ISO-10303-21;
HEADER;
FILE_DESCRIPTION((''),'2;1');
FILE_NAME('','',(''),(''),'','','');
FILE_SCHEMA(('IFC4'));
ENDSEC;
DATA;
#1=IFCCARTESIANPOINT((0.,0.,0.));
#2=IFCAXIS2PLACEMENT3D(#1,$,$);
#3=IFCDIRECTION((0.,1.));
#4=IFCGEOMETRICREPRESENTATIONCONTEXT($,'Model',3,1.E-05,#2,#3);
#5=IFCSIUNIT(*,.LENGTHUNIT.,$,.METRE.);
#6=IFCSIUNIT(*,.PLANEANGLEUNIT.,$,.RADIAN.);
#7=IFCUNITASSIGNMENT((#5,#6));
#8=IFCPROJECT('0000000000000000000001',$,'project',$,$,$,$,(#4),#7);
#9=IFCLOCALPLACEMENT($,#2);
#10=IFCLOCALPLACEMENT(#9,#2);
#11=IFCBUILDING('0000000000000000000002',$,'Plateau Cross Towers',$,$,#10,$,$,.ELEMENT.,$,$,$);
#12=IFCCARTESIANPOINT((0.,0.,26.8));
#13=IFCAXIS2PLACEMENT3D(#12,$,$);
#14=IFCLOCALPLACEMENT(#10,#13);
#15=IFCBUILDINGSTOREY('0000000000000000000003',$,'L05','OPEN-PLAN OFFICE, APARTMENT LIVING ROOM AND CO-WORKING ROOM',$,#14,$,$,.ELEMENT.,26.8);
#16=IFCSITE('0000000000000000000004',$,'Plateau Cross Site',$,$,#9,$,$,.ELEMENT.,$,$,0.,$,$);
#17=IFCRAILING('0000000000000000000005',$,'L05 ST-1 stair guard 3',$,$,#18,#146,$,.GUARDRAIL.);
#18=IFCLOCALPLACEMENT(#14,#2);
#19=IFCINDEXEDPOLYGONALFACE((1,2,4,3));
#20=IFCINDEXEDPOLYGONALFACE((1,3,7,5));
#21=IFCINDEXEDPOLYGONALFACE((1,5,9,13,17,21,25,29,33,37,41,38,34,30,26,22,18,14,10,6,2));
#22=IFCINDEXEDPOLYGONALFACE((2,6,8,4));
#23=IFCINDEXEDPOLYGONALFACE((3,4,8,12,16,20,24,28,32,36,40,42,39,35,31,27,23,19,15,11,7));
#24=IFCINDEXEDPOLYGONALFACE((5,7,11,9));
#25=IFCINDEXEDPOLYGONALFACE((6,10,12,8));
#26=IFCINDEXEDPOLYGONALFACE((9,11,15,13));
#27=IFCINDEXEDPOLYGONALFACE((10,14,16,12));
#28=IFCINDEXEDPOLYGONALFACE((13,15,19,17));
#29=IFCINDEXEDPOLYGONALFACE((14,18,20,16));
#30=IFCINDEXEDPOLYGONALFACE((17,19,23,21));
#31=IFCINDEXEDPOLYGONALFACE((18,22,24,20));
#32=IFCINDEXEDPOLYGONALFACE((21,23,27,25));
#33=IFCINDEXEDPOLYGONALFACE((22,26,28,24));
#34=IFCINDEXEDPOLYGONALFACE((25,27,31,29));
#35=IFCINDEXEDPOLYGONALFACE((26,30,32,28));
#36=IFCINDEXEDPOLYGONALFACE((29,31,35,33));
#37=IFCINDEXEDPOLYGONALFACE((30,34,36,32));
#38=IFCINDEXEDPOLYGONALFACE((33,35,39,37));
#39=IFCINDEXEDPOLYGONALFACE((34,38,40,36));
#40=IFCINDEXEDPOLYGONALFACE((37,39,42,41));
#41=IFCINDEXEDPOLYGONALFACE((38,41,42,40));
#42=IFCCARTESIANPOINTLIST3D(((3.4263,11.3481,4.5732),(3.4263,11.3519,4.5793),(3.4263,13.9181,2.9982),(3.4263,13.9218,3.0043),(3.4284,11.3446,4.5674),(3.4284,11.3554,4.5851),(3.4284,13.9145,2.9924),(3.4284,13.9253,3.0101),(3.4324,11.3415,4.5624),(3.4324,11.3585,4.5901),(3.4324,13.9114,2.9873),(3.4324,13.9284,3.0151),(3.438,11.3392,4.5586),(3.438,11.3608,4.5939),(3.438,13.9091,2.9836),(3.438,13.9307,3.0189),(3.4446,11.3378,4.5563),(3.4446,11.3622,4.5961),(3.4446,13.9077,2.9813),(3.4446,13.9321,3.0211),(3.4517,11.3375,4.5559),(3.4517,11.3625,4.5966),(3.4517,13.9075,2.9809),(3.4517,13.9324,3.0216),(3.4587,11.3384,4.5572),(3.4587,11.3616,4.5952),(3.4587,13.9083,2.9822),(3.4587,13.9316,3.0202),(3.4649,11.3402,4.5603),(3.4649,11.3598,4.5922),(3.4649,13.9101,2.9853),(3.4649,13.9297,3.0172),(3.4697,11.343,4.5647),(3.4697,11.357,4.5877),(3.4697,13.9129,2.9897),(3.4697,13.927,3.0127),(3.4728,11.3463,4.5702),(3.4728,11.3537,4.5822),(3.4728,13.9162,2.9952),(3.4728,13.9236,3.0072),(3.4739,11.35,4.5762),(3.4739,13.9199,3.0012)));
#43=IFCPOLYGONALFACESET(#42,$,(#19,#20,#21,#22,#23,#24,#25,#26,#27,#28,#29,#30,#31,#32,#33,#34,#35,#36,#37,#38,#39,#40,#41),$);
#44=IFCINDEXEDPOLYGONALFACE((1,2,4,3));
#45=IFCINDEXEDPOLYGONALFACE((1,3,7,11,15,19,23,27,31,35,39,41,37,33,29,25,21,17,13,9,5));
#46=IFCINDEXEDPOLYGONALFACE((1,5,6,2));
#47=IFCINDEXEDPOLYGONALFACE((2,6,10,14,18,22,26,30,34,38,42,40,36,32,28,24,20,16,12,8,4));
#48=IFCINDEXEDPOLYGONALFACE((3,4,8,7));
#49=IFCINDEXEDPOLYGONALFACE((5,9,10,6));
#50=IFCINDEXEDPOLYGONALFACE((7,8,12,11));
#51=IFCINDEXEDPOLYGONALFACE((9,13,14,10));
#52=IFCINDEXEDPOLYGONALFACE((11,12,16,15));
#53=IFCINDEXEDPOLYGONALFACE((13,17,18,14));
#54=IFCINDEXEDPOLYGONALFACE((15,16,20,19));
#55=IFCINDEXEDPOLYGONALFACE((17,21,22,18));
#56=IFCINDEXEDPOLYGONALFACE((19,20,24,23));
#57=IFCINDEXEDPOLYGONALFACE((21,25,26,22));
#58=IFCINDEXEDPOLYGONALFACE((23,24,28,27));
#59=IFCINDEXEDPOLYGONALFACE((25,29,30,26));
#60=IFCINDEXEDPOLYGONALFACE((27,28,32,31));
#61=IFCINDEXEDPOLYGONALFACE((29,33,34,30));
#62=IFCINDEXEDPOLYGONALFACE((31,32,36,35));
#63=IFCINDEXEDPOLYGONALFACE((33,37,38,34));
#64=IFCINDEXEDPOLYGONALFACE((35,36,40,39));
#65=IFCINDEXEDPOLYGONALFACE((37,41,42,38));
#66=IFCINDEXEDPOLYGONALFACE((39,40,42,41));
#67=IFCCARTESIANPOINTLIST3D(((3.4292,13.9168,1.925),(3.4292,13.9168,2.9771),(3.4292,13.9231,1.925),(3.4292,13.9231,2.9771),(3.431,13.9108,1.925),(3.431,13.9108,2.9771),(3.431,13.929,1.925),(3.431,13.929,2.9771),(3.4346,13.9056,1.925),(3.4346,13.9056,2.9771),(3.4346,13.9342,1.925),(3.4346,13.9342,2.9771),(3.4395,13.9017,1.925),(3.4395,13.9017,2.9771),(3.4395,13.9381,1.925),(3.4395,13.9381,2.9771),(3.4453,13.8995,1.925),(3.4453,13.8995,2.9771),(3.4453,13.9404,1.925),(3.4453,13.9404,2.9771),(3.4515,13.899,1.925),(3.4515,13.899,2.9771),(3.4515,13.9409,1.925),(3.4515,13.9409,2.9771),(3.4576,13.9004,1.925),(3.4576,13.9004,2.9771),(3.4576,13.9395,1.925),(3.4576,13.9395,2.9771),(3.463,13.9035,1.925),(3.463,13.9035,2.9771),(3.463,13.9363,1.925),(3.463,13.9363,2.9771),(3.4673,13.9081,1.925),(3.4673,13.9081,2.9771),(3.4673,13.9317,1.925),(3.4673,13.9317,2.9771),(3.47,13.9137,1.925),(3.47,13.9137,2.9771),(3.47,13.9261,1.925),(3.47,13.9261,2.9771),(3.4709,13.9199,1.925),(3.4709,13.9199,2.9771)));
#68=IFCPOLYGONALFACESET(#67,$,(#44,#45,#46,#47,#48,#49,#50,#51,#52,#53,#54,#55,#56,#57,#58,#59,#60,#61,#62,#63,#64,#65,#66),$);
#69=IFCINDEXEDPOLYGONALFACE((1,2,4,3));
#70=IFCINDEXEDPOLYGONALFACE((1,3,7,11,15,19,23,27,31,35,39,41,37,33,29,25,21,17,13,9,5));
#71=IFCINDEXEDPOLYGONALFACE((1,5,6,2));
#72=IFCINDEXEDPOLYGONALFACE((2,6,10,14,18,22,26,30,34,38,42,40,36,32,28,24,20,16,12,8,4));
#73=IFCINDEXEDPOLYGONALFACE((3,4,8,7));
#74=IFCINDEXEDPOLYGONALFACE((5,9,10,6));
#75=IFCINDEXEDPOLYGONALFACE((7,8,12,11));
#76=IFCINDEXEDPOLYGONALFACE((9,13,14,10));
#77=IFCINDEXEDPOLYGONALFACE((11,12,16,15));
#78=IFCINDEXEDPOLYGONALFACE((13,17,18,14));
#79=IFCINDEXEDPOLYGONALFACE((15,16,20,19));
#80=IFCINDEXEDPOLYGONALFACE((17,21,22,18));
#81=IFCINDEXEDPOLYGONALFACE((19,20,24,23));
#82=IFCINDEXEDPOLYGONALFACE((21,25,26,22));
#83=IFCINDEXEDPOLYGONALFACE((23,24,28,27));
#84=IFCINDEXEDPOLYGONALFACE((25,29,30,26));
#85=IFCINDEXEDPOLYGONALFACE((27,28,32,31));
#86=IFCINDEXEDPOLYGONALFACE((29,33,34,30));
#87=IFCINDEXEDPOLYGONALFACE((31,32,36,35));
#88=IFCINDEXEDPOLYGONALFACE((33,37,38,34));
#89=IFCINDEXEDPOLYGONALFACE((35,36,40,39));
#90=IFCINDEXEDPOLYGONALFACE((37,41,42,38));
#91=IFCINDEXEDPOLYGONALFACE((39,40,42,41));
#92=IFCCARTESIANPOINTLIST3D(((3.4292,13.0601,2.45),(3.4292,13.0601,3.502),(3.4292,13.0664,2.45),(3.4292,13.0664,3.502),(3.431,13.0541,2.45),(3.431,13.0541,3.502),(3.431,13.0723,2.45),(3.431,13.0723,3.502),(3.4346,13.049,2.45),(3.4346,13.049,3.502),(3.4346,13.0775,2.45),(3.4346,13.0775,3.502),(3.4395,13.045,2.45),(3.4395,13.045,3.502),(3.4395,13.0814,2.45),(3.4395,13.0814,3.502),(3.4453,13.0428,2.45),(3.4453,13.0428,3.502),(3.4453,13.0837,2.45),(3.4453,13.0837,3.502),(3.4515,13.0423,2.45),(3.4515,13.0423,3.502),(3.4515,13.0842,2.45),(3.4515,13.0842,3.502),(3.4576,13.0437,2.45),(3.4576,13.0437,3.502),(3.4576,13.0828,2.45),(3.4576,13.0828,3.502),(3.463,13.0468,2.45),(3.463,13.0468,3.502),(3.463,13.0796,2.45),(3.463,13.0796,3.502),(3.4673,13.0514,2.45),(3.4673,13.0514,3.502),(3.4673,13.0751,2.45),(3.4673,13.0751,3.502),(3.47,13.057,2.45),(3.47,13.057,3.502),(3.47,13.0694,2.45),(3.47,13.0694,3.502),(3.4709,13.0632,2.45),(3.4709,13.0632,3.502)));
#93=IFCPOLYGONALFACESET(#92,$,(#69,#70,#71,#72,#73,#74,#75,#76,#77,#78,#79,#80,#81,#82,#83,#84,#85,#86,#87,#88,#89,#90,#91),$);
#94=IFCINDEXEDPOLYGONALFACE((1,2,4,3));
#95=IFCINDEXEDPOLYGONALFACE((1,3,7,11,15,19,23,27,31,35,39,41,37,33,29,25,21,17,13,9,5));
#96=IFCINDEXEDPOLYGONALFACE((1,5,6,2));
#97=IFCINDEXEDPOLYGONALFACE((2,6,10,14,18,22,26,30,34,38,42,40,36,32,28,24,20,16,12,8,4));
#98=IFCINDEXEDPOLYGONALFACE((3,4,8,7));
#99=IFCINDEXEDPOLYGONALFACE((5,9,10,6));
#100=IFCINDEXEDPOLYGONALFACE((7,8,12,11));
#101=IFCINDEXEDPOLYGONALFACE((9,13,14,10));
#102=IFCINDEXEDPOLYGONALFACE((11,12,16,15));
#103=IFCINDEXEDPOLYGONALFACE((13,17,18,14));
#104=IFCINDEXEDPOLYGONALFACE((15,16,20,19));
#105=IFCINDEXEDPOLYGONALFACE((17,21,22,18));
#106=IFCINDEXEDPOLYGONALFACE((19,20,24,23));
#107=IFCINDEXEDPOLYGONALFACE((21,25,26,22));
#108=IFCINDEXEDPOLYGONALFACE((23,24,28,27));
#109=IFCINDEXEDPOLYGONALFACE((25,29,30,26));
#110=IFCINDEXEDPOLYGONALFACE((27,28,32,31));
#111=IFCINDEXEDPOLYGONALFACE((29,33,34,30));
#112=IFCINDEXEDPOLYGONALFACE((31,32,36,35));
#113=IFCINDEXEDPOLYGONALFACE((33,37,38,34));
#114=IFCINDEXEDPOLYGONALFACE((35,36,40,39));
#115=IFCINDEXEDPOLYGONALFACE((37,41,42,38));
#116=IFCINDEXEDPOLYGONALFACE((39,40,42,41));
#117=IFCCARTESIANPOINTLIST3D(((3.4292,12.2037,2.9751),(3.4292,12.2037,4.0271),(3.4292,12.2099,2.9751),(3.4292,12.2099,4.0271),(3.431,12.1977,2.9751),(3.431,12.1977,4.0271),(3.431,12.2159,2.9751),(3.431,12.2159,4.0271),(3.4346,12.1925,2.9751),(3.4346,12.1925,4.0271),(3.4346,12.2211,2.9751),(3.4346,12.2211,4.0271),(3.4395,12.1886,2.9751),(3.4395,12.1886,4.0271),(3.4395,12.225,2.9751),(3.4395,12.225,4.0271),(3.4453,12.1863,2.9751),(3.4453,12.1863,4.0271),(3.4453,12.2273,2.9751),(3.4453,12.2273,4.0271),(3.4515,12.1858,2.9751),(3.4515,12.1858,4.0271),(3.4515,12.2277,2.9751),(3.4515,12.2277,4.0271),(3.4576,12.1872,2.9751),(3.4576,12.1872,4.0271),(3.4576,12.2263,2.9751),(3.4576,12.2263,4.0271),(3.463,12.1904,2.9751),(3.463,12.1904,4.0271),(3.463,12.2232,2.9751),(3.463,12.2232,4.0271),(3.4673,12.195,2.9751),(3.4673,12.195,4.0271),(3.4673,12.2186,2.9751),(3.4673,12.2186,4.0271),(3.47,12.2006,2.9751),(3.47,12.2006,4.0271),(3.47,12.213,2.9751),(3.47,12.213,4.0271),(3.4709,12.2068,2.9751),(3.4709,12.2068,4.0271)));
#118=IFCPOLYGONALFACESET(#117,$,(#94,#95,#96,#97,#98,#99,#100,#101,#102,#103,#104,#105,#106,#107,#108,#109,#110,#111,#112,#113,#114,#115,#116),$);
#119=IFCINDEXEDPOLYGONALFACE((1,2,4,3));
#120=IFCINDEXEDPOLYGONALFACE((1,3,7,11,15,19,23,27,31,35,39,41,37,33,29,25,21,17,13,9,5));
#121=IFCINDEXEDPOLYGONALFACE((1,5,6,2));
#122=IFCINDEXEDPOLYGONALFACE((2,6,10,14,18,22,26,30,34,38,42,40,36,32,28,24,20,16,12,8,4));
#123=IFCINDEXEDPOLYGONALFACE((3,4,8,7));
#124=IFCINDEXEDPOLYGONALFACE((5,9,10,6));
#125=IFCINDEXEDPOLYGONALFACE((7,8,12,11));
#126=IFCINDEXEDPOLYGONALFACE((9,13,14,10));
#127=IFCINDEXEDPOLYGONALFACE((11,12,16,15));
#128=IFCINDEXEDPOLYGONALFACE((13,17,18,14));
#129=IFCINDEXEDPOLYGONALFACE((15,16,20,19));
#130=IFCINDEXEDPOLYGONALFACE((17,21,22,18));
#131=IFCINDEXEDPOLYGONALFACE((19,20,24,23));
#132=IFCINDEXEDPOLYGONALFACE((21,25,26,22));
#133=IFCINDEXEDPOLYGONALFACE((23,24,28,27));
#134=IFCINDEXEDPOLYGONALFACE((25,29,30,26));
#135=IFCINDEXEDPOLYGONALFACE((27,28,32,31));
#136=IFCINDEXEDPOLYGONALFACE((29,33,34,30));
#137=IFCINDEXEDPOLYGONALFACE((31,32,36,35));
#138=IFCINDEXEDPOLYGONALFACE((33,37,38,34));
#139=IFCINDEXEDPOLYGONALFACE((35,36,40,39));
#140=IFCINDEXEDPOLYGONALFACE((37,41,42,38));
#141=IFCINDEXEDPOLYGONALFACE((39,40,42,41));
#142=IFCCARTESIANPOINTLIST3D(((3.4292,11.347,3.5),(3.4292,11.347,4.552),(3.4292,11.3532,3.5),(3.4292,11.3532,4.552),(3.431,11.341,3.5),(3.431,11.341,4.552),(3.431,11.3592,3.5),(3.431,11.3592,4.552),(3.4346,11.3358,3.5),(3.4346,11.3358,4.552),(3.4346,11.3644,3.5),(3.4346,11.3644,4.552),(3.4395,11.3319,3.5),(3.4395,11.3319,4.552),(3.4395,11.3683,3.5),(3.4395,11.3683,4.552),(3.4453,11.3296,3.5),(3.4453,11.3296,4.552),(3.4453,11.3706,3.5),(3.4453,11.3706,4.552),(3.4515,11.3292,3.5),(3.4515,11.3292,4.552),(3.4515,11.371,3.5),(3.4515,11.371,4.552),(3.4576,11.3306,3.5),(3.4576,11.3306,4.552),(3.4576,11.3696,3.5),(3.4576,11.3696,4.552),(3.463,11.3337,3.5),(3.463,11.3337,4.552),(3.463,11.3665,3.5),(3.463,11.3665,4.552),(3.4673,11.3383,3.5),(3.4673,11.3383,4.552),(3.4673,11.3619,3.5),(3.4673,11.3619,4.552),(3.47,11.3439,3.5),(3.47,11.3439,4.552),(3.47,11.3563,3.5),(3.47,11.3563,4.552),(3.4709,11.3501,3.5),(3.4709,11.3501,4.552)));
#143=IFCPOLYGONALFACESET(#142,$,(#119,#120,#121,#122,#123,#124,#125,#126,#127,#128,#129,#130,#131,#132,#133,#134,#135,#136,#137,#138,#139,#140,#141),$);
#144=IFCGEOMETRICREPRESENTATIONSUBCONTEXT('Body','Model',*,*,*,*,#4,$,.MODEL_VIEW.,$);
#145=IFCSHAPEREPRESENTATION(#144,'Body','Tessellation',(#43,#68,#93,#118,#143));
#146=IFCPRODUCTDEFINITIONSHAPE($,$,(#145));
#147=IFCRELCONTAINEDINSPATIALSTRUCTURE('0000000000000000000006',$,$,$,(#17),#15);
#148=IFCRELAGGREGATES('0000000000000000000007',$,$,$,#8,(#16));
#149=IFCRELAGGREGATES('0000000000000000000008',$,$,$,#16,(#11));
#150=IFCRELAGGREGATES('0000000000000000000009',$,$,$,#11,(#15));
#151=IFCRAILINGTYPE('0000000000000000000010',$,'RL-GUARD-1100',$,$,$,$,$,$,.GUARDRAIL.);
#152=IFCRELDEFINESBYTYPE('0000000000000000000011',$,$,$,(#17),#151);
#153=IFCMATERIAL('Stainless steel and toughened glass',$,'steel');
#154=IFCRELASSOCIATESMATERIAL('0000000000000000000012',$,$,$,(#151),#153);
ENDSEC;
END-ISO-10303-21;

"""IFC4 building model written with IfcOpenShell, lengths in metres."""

from ifc_helpers import new_model, si_unit, direction, frame, origin, origin_2d, place, context, subcontext, project, spatial, circle, extrude, material, type_object, element, save


model = new_model("IFC4")

# Units and contexts
model_context = context("Model", 3, precision=1e-05, world=origin(), true_north=direction((0.0, 1.0)))
body_context = subcontext(model_context, "Body", "Model", "MODEL_VIEW")
ifc_project = project(units=[si_unit("LENGTHUNIT", "METRE"), si_unit("PLANEANGLEUNIT", "RADIAN")], contexts=[model_context])

# Site, building, storey
site_placement = place(None, origin())
site = spatial("IfcSite", under=ifc_project, at=site_placement, Name="Plateau Cross Site", CompositionType="ELEMENT", RefElevation=0.0)
building_placement = place(site_placement, origin())
building = spatial("IfcBuilding", under=site, at=building_placement, Name="Plateau Cross Towers", CompositionType="ELEMENT")
storey_placement = place(building_placement, frame((0.0, 0.0, 26.8)))
storey = spatial("IfcBuildingStorey", under=building, at=storey_placement, Name="L05", Description="OPEN-PLAN OFFICE, APARTMENT LIVING ROOM AND CO-WORKING ROOM", CompositionType="ELEMENT", Elevation=26.8)

# Railing
ifc_material_1 = material(Name="Stainless steel and toughened glass", Category="steel")
railing_type_1 = type_object("IfcRailingType", Name="RL-GUARD-1100", PredefinedType="GUARDRAIL", material=ifc_material_1)
railing_1_placement = place(storey_placement, frame((3.45, 13.9199, 1.925)))
element("IfcRailing", 1, at=railing_1_placement, inside=storey, type_object=railing_type_1, Name="L05 ST-1 stair guard 3", PredefinedType="GUARDRAIL", context=body_context, shape_type="SweptSolid", body=[
    extrude(circle(Radius=0.0239, at=origin_2d()), frame((0.0, 0.0, 1.0762), z_axis=(0.0, -0.852616, 0.522537), x_axis=(1.0, 0.0, 0.0)), (0.0, 0.0, 1.0), 3.0142),
    extrude(circle(Radius=0.021, at=origin_2d()), origin(), (0.0, 0.0, 1.0), 1.052),
    extrude(circle(Radius=0.021, at=origin_2d()), frame((0.0, -0.8567, 0.5249)), (0.0, 0.0, 1.0), 1.052),
    extrude(circle(Radius=0.021, at=origin_2d()), frame((0.0, -1.7131, 1.05)), (0.0, 0.0, 1.0), 1.052),
    extrude(circle(Radius=0.021, at=origin_2d()), frame((0.0, -2.5698, 1.575)), (0.0, 0.0, 1.0), 1.052),
])

save(model, "model.ifc")
